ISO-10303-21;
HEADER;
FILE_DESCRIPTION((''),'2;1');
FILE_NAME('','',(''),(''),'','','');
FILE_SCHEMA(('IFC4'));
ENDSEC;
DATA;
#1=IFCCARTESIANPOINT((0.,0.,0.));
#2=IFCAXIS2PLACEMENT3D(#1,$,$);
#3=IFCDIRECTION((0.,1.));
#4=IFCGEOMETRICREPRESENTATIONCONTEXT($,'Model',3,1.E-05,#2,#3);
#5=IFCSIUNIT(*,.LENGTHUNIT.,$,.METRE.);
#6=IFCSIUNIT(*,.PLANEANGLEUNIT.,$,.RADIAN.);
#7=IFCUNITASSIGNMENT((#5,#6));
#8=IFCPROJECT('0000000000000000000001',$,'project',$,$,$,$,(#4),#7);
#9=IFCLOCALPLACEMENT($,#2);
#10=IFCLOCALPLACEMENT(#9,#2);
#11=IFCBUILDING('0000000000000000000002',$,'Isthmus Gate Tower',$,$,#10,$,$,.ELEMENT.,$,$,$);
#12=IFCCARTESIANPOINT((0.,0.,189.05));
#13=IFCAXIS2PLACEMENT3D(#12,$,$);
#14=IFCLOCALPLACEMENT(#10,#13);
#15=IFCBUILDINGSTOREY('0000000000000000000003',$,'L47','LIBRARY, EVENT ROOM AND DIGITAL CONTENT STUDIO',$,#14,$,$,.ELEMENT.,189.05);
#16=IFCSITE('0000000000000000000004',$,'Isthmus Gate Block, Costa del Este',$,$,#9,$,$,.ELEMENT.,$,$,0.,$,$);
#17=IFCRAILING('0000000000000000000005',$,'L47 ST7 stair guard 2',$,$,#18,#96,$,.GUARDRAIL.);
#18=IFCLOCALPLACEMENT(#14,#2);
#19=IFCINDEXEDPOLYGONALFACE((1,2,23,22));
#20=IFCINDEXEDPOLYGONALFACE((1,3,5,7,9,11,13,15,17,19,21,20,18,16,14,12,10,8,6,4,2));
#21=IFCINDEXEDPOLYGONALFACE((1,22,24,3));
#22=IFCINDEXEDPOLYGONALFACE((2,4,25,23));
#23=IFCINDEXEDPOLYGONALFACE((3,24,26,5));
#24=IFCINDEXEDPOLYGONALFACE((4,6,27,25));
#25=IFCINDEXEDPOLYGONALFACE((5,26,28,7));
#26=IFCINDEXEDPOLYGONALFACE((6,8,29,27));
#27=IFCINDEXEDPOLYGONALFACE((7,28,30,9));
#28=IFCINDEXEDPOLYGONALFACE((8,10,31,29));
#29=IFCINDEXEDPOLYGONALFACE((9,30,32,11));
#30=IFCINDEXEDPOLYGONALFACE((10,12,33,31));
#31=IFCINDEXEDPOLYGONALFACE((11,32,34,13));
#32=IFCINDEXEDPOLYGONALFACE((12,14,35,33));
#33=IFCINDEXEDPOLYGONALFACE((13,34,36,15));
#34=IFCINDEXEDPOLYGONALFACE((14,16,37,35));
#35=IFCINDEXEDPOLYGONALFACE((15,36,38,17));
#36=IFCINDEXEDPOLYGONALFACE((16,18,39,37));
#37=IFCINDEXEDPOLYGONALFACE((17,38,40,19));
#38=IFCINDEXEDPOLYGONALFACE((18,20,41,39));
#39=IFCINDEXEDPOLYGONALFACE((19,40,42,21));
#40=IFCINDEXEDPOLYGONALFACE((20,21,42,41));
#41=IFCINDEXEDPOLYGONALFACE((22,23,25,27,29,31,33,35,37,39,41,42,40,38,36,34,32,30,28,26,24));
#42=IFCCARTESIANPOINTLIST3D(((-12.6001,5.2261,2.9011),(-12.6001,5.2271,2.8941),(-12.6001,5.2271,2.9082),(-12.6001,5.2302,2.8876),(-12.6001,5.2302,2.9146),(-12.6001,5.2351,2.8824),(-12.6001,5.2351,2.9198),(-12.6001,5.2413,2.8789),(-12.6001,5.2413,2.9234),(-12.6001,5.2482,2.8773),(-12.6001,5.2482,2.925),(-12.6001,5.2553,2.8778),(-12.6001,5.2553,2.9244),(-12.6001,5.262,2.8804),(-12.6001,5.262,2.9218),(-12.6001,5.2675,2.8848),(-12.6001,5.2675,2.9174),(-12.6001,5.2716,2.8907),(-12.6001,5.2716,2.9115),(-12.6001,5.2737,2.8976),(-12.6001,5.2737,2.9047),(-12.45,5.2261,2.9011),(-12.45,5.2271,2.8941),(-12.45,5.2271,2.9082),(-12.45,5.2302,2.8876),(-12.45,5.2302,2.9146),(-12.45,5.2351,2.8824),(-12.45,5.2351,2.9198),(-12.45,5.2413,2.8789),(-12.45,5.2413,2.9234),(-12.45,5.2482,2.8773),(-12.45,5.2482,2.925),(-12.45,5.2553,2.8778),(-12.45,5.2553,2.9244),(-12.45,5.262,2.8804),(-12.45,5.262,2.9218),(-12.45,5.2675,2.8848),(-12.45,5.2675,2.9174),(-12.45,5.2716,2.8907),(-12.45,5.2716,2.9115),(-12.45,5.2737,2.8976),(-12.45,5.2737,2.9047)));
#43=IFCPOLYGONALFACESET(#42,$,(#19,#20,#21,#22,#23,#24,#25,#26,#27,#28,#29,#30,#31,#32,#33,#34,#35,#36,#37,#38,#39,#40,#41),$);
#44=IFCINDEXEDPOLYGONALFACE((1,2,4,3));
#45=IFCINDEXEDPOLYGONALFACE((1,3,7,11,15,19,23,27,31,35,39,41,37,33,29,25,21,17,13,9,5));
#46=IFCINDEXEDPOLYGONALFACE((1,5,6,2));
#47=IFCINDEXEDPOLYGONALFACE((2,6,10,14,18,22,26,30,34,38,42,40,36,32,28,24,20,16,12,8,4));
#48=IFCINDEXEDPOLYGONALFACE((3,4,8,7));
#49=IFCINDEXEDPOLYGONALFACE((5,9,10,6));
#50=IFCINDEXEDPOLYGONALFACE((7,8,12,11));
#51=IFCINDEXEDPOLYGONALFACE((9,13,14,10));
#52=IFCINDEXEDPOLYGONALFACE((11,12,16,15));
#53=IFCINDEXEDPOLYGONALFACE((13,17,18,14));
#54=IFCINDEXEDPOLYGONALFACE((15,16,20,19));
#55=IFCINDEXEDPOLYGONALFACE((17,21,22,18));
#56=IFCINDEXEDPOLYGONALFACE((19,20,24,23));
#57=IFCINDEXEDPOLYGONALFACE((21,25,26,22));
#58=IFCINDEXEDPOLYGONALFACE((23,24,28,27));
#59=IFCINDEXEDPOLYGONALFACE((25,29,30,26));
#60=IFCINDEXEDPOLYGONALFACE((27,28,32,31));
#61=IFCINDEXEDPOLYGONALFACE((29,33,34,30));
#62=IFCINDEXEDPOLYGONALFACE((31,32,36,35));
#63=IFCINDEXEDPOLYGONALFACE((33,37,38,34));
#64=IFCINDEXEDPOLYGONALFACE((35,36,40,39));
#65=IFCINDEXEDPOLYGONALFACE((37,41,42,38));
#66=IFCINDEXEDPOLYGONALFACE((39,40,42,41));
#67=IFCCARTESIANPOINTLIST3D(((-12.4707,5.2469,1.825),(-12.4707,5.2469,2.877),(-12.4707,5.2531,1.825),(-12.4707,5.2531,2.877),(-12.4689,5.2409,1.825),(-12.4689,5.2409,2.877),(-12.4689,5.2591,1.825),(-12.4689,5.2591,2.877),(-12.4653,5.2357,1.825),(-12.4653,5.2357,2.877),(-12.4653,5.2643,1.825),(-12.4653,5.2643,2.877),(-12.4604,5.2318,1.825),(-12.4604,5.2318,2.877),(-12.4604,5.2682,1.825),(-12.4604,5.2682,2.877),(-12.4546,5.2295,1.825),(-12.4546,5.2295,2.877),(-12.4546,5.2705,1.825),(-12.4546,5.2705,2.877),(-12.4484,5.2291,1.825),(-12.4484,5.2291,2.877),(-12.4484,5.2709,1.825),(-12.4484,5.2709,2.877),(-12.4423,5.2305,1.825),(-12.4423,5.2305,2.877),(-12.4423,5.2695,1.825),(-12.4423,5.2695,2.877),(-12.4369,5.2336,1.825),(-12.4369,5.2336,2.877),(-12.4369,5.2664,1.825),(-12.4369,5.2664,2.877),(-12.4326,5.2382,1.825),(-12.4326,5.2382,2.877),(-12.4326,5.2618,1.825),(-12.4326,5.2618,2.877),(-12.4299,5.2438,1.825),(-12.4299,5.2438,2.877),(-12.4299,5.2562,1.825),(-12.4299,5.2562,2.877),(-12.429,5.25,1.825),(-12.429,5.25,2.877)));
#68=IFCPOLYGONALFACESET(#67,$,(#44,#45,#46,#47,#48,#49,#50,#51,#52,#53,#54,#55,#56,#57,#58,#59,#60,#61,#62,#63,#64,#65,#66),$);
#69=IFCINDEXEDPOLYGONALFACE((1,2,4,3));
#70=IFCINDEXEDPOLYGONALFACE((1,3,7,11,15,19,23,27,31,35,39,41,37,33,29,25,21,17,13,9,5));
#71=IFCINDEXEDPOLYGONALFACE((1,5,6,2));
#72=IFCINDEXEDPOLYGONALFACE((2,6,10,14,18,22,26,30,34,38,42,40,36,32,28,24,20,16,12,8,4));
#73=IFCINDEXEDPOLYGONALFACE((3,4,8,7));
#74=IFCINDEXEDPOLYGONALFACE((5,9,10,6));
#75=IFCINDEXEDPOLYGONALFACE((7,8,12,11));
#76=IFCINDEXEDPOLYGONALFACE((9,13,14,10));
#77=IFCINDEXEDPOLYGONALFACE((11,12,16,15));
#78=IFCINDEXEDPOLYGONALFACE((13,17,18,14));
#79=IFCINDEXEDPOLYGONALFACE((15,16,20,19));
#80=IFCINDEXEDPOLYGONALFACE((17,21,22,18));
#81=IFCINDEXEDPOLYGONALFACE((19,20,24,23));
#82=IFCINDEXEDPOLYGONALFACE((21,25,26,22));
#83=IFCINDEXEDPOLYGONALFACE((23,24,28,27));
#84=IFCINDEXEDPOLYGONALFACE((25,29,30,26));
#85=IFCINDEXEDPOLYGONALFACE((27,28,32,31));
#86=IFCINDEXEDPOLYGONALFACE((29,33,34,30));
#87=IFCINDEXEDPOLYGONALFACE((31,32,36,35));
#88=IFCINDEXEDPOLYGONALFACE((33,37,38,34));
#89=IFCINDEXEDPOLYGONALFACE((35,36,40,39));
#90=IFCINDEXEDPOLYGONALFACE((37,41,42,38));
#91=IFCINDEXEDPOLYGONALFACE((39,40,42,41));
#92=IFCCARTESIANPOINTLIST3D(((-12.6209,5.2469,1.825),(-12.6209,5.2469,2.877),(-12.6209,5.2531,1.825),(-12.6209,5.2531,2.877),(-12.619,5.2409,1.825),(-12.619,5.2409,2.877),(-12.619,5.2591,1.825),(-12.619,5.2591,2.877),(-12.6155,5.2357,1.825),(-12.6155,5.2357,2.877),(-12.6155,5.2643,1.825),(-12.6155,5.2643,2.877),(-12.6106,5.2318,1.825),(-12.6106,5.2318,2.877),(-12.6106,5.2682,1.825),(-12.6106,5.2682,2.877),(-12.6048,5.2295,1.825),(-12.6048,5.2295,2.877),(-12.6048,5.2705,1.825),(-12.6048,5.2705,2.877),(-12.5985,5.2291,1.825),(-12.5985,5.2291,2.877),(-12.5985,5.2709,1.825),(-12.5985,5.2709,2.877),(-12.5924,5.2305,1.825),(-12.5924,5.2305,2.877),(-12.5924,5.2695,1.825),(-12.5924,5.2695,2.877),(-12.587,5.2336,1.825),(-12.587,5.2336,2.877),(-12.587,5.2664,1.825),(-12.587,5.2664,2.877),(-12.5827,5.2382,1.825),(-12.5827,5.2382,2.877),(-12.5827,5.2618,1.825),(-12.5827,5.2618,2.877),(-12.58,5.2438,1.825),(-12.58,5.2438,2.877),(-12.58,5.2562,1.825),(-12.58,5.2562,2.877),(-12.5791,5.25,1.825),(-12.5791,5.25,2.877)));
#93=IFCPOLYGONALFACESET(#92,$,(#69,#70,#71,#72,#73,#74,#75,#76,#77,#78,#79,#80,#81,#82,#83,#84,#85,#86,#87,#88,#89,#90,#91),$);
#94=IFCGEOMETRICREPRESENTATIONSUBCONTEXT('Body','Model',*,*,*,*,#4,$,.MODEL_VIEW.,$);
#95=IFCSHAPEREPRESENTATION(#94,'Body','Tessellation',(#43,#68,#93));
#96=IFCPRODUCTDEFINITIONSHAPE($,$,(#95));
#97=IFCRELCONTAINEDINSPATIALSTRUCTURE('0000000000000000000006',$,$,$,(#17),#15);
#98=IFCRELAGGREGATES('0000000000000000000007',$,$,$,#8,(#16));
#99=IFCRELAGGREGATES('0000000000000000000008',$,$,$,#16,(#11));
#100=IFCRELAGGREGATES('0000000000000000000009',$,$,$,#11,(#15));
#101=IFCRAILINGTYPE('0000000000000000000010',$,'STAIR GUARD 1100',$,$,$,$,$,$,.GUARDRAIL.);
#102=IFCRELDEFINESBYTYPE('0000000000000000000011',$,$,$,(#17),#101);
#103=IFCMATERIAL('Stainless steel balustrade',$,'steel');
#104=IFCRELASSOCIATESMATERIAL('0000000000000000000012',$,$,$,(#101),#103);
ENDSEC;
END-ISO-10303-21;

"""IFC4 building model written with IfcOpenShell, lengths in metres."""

from ifc_helpers import new_model, si_unit, direction, frame, origin, origin_2d, place, context, subcontext, project, spatial, circle, extrude, material, type_object, element, save


model = new_model("IFC4")

# Units and contexts
model_context = context("Model", 3, precision=1e-05, world=origin(), true_north=direction((0.0, 1.0)))
body_context = subcontext(model_context, "Body", "Model", "MODEL_VIEW")
ifc_project = project(units=[si_unit("LENGTHUNIT", "METRE"), si_unit("PLANEANGLEUNIT", "RADIAN")], contexts=[model_context])

# Site, building, storey
site_placement = place(None, origin())
site = spatial("IfcSite", under=ifc_project, at=site_placement, Name="Isthmus Gate Block, Costa del Este", CompositionType="ELEMENT", RefElevation=0.0)
building_placement = place(site_placement, origin())
building = spatial("IfcBuilding", under=site, at=building_placement, Name="Isthmus Gate Tower", CompositionType="ELEMENT")
storey_placement = place(building_placement, frame((0.0, 0.0, 189.05)))
storey = spatial("IfcBuildingStorey", under=building, at=storey_placement, Name="L47", Description="LIBRARY, EVENT ROOM AND DIGITAL CONTENT STUDIO", CompositionType="ELEMENT", Elevation=189.05)

# Railing
ifc_material_1 = material(Name="Stainless steel balustrade", Category="steel")
railing_type_1 = type_object("IfcRailingType", Name="STAIR GUARD 1100", PredefinedType="GUARDRAIL", material=ifc_material_1)
railing_1_placement = place(storey_placement, frame((-12.45, 5.25, 1.825)))
element("IfcRailing", 1, at=railing_1_placement, inside=storey, type_object=railing_type_1, Name="L47 ST7 stair guard 2", PredefinedType="GUARDRAIL", context=body_context, shape_type="SweptSolid", body=[
    extrude(circle(Radius=0.0239, at=origin_2d()), frame((0.0, 0.0, 1.0762), z_axis=(-1.0, 0.0, 0.0), x_axis=(0.0, -1.0, 0.0)), (0.0, 0.0, 1.0), 0.1501),
    extrude(circle(Radius=0.021, at=origin_2d()), origin(), (0.0, 0.0, 1.0), 1.052),
    extrude(circle(Radius=0.021, at=origin_2d()), frame((-0.1501, 0.0, 0.0)), (0.0, 0.0, 1.0), 1.052),
])

save(model, "model.ifc")
